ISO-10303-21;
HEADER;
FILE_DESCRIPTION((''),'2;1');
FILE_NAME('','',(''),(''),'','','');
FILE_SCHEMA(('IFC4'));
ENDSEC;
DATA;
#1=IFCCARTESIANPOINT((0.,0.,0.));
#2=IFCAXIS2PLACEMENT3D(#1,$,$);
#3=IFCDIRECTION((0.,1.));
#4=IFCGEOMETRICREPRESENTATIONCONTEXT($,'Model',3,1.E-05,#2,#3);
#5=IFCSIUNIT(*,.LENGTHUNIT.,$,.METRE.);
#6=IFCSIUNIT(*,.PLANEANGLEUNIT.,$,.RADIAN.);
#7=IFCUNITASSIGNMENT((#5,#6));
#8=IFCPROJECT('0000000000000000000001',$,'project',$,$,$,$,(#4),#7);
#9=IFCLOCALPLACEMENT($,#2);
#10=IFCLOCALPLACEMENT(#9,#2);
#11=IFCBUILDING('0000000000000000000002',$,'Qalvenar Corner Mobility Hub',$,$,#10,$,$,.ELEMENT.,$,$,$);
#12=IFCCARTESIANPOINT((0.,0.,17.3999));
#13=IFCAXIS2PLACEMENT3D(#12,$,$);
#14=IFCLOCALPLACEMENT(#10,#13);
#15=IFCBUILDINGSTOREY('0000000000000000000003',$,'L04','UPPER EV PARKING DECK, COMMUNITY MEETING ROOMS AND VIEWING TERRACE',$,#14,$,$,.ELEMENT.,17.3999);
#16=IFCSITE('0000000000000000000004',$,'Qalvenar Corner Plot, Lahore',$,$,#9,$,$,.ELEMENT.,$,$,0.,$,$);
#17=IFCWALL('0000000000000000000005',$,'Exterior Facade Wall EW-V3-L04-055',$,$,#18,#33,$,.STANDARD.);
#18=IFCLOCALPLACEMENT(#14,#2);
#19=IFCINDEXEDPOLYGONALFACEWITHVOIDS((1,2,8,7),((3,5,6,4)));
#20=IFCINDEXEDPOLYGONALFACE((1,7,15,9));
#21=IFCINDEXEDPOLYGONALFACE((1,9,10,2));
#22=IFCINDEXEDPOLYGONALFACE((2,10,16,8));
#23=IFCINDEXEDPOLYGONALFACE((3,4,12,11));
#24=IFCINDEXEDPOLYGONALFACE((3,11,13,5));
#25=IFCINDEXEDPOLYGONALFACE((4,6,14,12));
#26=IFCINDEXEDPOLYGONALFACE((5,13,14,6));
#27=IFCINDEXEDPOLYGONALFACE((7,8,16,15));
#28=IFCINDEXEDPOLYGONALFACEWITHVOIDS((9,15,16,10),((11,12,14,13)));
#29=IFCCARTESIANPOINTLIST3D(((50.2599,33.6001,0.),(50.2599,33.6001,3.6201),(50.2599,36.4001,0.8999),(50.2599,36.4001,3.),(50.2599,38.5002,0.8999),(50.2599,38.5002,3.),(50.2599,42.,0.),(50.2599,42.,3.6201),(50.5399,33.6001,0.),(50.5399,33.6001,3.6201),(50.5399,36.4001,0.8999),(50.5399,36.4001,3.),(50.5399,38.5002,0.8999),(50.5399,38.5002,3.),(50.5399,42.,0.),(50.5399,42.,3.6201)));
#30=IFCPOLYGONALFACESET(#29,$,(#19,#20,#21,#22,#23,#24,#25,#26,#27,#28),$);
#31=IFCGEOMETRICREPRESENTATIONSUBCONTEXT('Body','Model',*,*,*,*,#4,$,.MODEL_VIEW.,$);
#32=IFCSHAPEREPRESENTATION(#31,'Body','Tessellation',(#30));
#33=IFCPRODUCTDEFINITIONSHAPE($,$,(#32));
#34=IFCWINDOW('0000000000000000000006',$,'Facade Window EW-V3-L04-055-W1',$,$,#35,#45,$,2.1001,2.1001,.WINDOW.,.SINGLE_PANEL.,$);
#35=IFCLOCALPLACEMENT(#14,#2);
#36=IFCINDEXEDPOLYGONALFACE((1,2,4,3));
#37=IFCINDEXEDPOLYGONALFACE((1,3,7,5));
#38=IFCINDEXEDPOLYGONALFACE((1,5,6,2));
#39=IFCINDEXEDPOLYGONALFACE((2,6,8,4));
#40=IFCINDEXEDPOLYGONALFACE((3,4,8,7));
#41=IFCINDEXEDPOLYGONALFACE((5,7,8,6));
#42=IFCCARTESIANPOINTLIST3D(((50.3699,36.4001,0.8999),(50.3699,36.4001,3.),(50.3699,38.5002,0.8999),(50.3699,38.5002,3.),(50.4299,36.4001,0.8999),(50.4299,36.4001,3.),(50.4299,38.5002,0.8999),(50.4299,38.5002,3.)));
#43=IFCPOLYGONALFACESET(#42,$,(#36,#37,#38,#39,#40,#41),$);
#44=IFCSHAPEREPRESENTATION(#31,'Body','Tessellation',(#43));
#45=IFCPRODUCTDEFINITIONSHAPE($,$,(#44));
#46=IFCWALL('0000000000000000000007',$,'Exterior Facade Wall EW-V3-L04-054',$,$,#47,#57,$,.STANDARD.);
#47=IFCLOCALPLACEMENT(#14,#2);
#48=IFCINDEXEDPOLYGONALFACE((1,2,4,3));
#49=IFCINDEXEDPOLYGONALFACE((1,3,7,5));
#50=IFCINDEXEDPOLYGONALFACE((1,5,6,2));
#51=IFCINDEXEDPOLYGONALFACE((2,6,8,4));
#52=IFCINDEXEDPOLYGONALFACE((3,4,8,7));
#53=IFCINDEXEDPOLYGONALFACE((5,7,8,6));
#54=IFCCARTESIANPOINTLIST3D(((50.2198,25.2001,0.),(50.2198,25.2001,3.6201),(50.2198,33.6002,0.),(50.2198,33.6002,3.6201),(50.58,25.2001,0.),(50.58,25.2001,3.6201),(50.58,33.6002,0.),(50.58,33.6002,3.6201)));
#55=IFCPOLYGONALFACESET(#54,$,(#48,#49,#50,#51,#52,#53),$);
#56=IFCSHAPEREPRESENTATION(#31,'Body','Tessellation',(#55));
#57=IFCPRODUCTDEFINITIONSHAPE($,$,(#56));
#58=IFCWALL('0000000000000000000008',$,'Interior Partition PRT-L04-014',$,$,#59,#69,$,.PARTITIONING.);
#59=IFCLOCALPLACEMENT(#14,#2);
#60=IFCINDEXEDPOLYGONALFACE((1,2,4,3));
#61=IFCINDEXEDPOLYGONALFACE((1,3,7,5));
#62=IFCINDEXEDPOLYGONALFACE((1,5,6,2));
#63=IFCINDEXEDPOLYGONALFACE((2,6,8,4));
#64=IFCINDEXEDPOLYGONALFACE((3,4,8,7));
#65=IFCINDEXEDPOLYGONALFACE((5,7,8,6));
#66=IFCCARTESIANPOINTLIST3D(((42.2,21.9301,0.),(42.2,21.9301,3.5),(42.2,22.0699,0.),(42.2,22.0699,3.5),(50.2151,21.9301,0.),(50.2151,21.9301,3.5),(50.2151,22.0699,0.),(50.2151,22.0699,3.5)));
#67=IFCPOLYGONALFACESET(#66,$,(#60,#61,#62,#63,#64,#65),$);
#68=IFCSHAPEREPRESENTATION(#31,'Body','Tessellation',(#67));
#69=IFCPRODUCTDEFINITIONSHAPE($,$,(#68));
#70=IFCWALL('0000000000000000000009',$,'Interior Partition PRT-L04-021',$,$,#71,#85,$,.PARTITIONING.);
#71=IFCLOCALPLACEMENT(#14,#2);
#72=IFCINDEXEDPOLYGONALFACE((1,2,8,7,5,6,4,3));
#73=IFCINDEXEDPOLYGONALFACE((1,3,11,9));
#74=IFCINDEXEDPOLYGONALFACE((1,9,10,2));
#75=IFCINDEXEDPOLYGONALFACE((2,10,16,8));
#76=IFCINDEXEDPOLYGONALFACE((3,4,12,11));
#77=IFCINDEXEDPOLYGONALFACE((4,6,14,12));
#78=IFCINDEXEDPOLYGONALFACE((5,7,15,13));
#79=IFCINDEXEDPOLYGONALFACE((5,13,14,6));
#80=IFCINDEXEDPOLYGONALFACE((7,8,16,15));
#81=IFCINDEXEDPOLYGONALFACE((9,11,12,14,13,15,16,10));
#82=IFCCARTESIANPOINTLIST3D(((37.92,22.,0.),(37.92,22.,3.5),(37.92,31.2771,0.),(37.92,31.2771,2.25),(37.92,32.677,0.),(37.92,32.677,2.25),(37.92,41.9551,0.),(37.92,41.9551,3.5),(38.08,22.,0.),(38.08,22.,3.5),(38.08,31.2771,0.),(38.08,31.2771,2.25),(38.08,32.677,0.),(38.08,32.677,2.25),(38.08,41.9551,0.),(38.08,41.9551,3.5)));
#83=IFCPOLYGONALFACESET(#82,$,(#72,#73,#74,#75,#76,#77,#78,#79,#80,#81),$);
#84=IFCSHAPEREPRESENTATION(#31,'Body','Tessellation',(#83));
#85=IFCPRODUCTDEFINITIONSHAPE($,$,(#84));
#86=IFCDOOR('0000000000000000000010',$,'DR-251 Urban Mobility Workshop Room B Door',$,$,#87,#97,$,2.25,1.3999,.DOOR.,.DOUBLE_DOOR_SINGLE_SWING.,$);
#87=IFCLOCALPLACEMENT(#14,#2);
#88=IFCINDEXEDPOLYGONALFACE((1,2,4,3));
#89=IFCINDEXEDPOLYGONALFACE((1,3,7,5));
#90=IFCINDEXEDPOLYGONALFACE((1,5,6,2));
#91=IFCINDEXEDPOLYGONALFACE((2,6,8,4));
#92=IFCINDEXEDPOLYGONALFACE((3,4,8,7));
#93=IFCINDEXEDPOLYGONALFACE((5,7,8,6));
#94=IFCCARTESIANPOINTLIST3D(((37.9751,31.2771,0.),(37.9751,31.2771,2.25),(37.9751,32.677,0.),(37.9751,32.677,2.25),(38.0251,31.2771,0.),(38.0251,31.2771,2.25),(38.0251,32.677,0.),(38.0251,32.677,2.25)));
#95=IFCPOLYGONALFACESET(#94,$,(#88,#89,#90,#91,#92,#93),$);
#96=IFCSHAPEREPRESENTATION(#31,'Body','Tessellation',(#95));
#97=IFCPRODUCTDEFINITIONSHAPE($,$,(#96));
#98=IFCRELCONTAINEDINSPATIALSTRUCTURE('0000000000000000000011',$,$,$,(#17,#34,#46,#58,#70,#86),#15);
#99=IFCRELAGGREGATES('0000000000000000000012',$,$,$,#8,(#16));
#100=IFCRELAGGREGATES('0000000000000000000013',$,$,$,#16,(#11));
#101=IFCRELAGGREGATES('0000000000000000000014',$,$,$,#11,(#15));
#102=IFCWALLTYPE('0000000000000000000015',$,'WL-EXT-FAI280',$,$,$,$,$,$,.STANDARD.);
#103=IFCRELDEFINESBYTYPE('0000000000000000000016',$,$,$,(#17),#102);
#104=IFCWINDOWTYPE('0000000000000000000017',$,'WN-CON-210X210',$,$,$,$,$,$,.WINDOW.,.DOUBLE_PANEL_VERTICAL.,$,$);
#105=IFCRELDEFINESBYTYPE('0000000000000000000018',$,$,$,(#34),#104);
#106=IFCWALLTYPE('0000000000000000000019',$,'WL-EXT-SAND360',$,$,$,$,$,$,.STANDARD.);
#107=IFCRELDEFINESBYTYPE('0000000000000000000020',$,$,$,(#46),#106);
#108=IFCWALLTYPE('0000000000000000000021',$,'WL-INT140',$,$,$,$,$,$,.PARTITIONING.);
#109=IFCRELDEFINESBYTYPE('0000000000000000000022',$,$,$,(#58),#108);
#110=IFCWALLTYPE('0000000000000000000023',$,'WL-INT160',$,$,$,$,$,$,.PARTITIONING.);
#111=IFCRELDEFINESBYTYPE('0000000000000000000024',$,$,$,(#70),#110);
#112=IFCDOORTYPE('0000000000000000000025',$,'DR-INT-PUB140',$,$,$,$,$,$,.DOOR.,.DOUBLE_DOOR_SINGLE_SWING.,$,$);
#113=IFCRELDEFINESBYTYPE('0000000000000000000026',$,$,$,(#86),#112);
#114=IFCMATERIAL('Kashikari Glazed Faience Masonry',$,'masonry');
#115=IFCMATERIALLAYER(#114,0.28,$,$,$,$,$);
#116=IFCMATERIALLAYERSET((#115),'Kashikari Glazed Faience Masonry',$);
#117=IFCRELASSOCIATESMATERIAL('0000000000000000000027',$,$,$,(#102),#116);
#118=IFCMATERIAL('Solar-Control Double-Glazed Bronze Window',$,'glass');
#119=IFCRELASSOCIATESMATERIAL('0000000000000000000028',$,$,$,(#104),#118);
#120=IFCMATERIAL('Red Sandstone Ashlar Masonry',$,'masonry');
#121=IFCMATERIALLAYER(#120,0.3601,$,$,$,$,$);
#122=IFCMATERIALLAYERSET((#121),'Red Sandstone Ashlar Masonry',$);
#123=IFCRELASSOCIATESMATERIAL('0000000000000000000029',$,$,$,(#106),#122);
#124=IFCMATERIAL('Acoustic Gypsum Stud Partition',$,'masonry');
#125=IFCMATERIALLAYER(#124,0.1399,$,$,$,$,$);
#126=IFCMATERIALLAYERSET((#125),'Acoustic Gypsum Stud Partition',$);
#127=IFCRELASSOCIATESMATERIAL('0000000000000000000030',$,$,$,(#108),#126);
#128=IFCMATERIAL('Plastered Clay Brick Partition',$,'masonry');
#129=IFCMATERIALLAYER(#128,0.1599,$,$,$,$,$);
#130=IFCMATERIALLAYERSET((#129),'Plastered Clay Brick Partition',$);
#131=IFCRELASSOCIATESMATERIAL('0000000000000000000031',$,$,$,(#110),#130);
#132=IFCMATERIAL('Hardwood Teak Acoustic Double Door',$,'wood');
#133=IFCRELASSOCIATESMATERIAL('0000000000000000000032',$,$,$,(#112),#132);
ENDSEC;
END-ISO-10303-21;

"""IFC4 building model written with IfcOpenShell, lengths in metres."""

from ifc_helpers import new_model, si_unit, direction, frame, frame_2d, origin, place, context, subcontext, project, spatial, rectangle, extrude, material, layer, layer_set, type_object, element, fill, save


model = new_model("IFC4")

# Units and contexts
model_context = context("Model", 3, precision=1e-05, world=origin(), true_north=direction((0.0, 1.0)))
body_context = subcontext(model_context, "Body", "Model", "MODEL_VIEW")
ifc_project = project(units=[si_unit("LENGTHUNIT", "METRE"), si_unit("PLANEANGLEUNIT", "RADIAN")], contexts=[model_context])

# Site, building, storey
site_placement = place(None, origin())
site = spatial("IfcSite", under=ifc_project, at=site_placement, Name="Qalvenar Corner Plot, Lahore", CompositionType="ELEMENT", RefElevation=0.0)
building_placement = place(site_placement, origin())
building = spatial("IfcBuilding", under=site, at=building_placement, Name="Qalvenar Corner Mobility Hub", CompositionType="ELEMENT")
storey_placement = place(building_placement, frame((0.0, 0.0, 17.3999)))
storey = spatial("IfcBuildingStorey", under=building, at=storey_placement, Name="L04", Description="UPPER EV PARKING DECK, COMMUNITY MEETING ROOMS AND VIEWING TERRACE", CompositionType="ELEMENT", Elevation=17.3999)

# Wall, opening, window
ifc_material_1 = material(Name="Kashikari Glazed Faience Masonry", Category="masonry")
ifc_layer_1 = layer(ifc_material_1, 0.28)
ifc_layer_set_1 = layer_set([ifc_layer_1], Name="Kashikari Glazed Faience Masonry")
wall_type_1 = type_object("IfcWallType", Name="WL-EXT-FAI280", PredefinedType="STANDARD", material=ifc_layer_set_1)
wall_1_placement = place(storey_placement, frame((50.3999, 33.6001, 0.0), z_axis=(0.0, 0.0, 1.0), x_axis=(0.0, 1.0, 0.0)))
wall_1 = element("IfcWall", 1, at=wall_1_placement, inside=storey, type_object=wall_type_1, Name="Exterior Facade Wall EW-V3-L04-055", PredefinedType="STANDARD", context=body_context, shape_type="SweptSolid", body=[
    extrude(rectangle(XDim=8.3999, YDim=0.28, at=frame_2d((4.2, 0.0))), origin(), (0.0, 0.0, 1.0), 3.6201),
])
opening_1_placement = place(wall_1_placement, frame((2.8, 0.0, 0.8999)))
opening_1 = element("IfcOpeningElement", 2, at=opening_1_placement, cuts=wall_1, PredefinedType="OPENING", context=body_context, shape_type="SweptSolid", body=[
    extrude(rectangle(XDim=2.1001, YDim=2.1001, at=frame_2d((1.05, 1.05))), frame((0.0, 0.1499, 0.0), z_axis=(0.0, -1.0, 0.0), x_axis=(1.0, 0.0, 0.0)), (0.0, 0.0, 1.0), 0.3),
])
ifc_material_2 = material(Name="Solar-Control Double-Glazed Bronze Window", Category="glass")
window_type = type_object("IfcWindowType", Name="WN-CON-210X210", PartitioningType="DOUBLE_PANEL_VERTICAL", PredefinedType="WINDOW", material=ifc_material_2)
window_placement = place(opening_1_placement, origin())
window = element("IfcWindow", 3, at=window_placement, inside=storey, type_object=window_type, Name="Facade Window EW-V3-L04-055-W1", OverallHeight=2.1001, OverallWidth=2.1001, PartitioningType="SINGLE_PANEL", PredefinedType="WINDOW", context=body_context, shape_type="SweptSolid", body=[
    extrude(rectangle(XDim=2.1001, YDim=2.1001, at=frame_2d((1.05, 1.05))), frame((0.0, 0.03, 0.0), z_axis=(0.0, -1.0, 0.0), x_axis=(1.0, 0.0, 0.0)), (0.0, 0.0, 1.0), 0.0601),
])
fill(opening_1, window)

# Walls
ifc_material_3 = material(Name="Red Sandstone Ashlar Masonry", Category="masonry")
ifc_layer_2 = layer(ifc_material_3, 0.3601)
ifc_layer_set_2 = layer_set([ifc_layer_2], Name="Red Sandstone Ashlar Masonry")
wall_type_2 = type_object("IfcWallType", Name="WL-EXT-SAND360", PredefinedType="STANDARD", material=ifc_layer_set_2)
wall_2_placement = place(storey_placement, frame((50.3999, 25.2, 0.0), z_axis=(0.0, 0.0, 1.0), x_axis=(0.0, 1.0, 0.0)))
element("IfcWall", 4, at=wall_2_placement, inside=storey, type_object=wall_type_2, Name="Exterior Facade Wall EW-V3-L04-054", PredefinedType="STANDARD", context=body_context, shape_type="SweptSolid", body=[
    extrude(rectangle(XDim=8.4001, YDim=0.3601, at=frame_2d((4.2002, 0.0))), origin(), (0.0, 0.0, 1.0), 3.6201),
])
ifc_material_4 = material(Name="Acoustic Gypsum Stud Partition", Category="masonry")
ifc_layer_3 = layer(ifc_material_4, 0.1399)
ifc_layer_set_3 = layer_set([ifc_layer_3], Name="Acoustic Gypsum Stud Partition")
wall_type_3 = type_object("IfcWallType", Name="WL-INT140", PredefinedType="PARTITIONING", material=ifc_layer_set_3)
wall_3_placement = place(storey_placement, frame((42.2, 22.0, 0.0), z_axis=(0.0, 0.0, 1.0), x_axis=(1.0, 0.0, 0.0)))
element("IfcWall", 5, at=wall_3_placement, inside=storey, type_object=wall_type_3, Name="Interior Partition PRT-L04-014", PredefinedType="PARTITIONING", context=body_context, shape_type="SweptSolid", body=[
    extrude(rectangle(XDim=8.0151, YDim=0.1399, at=frame_2d((4.0076, 0.0))), origin(), (0.0, 0.0, 1.0), 3.5),
])

# Wall, opening, door
ifc_material_5 = material(Name="Plastered Clay Brick Partition", Category="masonry")
ifc_layer_4 = layer(ifc_material_5, 0.1599)
ifc_layer_set_4 = layer_set([ifc_layer_4], Name="Plastered Clay Brick Partition")
wall_type_4 = type_object("IfcWallType", Name="WL-INT160", PredefinedType="PARTITIONING", material=ifc_layer_set_4)
wall_4_placement = place(storey_placement, frame((38.0, 22.0, 0.0), z_axis=(0.0, 0.0, 1.0), x_axis=(0.0, 1.0, 0.0)))
wall_4 = element("IfcWall", 6, at=wall_4_placement, inside=storey, type_object=wall_type_4, Name="Interior Partition PRT-L04-021", PredefinedType="PARTITIONING", context=body_context, shape_type="SweptSolid", body=[
    extrude(rectangle(XDim=19.9551, YDim=0.1599, at=frame_2d((9.9775, 0.0))), origin(), (0.0, 0.0, 1.0), 3.5),
])
opening_2_placement = place(wall_4_placement, frame((9.2771, 0.0, 0.0)))
opening_2 = element("IfcOpeningElement", 7, at=opening_2_placement, cuts=wall_4, PredefinedType="OPENING", context=body_context, shape_type="SweptSolid", body=[
    extrude(rectangle(XDim=1.3999, YDim=2.25, at=frame_2d((0.7, 1.125))), frame((0.0, 0.0898, 0.0), z_axis=(0.0, -1.0, 0.0), x_axis=(1.0, 0.0, 0.0)), (0.0, 0.0, 1.0), 0.1799),
])
ifc_material_6 = material(Name="Hardwood Teak Acoustic Double Door", Category="wood")
door_type = type_object("IfcDoorType", Name="DR-INT-PUB140", OperationType="DOUBLE_DOOR_SINGLE_SWING", PredefinedType="DOOR", material=ifc_material_6)
door_placement = place(opening_2_placement, origin())
door = element("IfcDoor", 8, at=door_placement, inside=storey, type_object=door_type, Name="DR-251 Urban Mobility Workshop Room B Door", OperationType="DOUBLE_DOOR_SINGLE_SWING", OverallHeight=2.25, OverallWidth=1.3999, PredefinedType="DOOR", context=body_context, shape_type="SweptSolid", body=[
    extrude(rectangle(XDim=1.3999, YDim=2.25, at=frame_2d((0.7, 1.125))), frame((0.0, 0.0249, 0.0), z_axis=(0.0, -1.0, 0.0), x_axis=(1.0, 0.0, 0.0)), (0.0, 0.0, 1.0), 0.05),
])
fill(opening_2, door)

save(model, "model.ifc")
